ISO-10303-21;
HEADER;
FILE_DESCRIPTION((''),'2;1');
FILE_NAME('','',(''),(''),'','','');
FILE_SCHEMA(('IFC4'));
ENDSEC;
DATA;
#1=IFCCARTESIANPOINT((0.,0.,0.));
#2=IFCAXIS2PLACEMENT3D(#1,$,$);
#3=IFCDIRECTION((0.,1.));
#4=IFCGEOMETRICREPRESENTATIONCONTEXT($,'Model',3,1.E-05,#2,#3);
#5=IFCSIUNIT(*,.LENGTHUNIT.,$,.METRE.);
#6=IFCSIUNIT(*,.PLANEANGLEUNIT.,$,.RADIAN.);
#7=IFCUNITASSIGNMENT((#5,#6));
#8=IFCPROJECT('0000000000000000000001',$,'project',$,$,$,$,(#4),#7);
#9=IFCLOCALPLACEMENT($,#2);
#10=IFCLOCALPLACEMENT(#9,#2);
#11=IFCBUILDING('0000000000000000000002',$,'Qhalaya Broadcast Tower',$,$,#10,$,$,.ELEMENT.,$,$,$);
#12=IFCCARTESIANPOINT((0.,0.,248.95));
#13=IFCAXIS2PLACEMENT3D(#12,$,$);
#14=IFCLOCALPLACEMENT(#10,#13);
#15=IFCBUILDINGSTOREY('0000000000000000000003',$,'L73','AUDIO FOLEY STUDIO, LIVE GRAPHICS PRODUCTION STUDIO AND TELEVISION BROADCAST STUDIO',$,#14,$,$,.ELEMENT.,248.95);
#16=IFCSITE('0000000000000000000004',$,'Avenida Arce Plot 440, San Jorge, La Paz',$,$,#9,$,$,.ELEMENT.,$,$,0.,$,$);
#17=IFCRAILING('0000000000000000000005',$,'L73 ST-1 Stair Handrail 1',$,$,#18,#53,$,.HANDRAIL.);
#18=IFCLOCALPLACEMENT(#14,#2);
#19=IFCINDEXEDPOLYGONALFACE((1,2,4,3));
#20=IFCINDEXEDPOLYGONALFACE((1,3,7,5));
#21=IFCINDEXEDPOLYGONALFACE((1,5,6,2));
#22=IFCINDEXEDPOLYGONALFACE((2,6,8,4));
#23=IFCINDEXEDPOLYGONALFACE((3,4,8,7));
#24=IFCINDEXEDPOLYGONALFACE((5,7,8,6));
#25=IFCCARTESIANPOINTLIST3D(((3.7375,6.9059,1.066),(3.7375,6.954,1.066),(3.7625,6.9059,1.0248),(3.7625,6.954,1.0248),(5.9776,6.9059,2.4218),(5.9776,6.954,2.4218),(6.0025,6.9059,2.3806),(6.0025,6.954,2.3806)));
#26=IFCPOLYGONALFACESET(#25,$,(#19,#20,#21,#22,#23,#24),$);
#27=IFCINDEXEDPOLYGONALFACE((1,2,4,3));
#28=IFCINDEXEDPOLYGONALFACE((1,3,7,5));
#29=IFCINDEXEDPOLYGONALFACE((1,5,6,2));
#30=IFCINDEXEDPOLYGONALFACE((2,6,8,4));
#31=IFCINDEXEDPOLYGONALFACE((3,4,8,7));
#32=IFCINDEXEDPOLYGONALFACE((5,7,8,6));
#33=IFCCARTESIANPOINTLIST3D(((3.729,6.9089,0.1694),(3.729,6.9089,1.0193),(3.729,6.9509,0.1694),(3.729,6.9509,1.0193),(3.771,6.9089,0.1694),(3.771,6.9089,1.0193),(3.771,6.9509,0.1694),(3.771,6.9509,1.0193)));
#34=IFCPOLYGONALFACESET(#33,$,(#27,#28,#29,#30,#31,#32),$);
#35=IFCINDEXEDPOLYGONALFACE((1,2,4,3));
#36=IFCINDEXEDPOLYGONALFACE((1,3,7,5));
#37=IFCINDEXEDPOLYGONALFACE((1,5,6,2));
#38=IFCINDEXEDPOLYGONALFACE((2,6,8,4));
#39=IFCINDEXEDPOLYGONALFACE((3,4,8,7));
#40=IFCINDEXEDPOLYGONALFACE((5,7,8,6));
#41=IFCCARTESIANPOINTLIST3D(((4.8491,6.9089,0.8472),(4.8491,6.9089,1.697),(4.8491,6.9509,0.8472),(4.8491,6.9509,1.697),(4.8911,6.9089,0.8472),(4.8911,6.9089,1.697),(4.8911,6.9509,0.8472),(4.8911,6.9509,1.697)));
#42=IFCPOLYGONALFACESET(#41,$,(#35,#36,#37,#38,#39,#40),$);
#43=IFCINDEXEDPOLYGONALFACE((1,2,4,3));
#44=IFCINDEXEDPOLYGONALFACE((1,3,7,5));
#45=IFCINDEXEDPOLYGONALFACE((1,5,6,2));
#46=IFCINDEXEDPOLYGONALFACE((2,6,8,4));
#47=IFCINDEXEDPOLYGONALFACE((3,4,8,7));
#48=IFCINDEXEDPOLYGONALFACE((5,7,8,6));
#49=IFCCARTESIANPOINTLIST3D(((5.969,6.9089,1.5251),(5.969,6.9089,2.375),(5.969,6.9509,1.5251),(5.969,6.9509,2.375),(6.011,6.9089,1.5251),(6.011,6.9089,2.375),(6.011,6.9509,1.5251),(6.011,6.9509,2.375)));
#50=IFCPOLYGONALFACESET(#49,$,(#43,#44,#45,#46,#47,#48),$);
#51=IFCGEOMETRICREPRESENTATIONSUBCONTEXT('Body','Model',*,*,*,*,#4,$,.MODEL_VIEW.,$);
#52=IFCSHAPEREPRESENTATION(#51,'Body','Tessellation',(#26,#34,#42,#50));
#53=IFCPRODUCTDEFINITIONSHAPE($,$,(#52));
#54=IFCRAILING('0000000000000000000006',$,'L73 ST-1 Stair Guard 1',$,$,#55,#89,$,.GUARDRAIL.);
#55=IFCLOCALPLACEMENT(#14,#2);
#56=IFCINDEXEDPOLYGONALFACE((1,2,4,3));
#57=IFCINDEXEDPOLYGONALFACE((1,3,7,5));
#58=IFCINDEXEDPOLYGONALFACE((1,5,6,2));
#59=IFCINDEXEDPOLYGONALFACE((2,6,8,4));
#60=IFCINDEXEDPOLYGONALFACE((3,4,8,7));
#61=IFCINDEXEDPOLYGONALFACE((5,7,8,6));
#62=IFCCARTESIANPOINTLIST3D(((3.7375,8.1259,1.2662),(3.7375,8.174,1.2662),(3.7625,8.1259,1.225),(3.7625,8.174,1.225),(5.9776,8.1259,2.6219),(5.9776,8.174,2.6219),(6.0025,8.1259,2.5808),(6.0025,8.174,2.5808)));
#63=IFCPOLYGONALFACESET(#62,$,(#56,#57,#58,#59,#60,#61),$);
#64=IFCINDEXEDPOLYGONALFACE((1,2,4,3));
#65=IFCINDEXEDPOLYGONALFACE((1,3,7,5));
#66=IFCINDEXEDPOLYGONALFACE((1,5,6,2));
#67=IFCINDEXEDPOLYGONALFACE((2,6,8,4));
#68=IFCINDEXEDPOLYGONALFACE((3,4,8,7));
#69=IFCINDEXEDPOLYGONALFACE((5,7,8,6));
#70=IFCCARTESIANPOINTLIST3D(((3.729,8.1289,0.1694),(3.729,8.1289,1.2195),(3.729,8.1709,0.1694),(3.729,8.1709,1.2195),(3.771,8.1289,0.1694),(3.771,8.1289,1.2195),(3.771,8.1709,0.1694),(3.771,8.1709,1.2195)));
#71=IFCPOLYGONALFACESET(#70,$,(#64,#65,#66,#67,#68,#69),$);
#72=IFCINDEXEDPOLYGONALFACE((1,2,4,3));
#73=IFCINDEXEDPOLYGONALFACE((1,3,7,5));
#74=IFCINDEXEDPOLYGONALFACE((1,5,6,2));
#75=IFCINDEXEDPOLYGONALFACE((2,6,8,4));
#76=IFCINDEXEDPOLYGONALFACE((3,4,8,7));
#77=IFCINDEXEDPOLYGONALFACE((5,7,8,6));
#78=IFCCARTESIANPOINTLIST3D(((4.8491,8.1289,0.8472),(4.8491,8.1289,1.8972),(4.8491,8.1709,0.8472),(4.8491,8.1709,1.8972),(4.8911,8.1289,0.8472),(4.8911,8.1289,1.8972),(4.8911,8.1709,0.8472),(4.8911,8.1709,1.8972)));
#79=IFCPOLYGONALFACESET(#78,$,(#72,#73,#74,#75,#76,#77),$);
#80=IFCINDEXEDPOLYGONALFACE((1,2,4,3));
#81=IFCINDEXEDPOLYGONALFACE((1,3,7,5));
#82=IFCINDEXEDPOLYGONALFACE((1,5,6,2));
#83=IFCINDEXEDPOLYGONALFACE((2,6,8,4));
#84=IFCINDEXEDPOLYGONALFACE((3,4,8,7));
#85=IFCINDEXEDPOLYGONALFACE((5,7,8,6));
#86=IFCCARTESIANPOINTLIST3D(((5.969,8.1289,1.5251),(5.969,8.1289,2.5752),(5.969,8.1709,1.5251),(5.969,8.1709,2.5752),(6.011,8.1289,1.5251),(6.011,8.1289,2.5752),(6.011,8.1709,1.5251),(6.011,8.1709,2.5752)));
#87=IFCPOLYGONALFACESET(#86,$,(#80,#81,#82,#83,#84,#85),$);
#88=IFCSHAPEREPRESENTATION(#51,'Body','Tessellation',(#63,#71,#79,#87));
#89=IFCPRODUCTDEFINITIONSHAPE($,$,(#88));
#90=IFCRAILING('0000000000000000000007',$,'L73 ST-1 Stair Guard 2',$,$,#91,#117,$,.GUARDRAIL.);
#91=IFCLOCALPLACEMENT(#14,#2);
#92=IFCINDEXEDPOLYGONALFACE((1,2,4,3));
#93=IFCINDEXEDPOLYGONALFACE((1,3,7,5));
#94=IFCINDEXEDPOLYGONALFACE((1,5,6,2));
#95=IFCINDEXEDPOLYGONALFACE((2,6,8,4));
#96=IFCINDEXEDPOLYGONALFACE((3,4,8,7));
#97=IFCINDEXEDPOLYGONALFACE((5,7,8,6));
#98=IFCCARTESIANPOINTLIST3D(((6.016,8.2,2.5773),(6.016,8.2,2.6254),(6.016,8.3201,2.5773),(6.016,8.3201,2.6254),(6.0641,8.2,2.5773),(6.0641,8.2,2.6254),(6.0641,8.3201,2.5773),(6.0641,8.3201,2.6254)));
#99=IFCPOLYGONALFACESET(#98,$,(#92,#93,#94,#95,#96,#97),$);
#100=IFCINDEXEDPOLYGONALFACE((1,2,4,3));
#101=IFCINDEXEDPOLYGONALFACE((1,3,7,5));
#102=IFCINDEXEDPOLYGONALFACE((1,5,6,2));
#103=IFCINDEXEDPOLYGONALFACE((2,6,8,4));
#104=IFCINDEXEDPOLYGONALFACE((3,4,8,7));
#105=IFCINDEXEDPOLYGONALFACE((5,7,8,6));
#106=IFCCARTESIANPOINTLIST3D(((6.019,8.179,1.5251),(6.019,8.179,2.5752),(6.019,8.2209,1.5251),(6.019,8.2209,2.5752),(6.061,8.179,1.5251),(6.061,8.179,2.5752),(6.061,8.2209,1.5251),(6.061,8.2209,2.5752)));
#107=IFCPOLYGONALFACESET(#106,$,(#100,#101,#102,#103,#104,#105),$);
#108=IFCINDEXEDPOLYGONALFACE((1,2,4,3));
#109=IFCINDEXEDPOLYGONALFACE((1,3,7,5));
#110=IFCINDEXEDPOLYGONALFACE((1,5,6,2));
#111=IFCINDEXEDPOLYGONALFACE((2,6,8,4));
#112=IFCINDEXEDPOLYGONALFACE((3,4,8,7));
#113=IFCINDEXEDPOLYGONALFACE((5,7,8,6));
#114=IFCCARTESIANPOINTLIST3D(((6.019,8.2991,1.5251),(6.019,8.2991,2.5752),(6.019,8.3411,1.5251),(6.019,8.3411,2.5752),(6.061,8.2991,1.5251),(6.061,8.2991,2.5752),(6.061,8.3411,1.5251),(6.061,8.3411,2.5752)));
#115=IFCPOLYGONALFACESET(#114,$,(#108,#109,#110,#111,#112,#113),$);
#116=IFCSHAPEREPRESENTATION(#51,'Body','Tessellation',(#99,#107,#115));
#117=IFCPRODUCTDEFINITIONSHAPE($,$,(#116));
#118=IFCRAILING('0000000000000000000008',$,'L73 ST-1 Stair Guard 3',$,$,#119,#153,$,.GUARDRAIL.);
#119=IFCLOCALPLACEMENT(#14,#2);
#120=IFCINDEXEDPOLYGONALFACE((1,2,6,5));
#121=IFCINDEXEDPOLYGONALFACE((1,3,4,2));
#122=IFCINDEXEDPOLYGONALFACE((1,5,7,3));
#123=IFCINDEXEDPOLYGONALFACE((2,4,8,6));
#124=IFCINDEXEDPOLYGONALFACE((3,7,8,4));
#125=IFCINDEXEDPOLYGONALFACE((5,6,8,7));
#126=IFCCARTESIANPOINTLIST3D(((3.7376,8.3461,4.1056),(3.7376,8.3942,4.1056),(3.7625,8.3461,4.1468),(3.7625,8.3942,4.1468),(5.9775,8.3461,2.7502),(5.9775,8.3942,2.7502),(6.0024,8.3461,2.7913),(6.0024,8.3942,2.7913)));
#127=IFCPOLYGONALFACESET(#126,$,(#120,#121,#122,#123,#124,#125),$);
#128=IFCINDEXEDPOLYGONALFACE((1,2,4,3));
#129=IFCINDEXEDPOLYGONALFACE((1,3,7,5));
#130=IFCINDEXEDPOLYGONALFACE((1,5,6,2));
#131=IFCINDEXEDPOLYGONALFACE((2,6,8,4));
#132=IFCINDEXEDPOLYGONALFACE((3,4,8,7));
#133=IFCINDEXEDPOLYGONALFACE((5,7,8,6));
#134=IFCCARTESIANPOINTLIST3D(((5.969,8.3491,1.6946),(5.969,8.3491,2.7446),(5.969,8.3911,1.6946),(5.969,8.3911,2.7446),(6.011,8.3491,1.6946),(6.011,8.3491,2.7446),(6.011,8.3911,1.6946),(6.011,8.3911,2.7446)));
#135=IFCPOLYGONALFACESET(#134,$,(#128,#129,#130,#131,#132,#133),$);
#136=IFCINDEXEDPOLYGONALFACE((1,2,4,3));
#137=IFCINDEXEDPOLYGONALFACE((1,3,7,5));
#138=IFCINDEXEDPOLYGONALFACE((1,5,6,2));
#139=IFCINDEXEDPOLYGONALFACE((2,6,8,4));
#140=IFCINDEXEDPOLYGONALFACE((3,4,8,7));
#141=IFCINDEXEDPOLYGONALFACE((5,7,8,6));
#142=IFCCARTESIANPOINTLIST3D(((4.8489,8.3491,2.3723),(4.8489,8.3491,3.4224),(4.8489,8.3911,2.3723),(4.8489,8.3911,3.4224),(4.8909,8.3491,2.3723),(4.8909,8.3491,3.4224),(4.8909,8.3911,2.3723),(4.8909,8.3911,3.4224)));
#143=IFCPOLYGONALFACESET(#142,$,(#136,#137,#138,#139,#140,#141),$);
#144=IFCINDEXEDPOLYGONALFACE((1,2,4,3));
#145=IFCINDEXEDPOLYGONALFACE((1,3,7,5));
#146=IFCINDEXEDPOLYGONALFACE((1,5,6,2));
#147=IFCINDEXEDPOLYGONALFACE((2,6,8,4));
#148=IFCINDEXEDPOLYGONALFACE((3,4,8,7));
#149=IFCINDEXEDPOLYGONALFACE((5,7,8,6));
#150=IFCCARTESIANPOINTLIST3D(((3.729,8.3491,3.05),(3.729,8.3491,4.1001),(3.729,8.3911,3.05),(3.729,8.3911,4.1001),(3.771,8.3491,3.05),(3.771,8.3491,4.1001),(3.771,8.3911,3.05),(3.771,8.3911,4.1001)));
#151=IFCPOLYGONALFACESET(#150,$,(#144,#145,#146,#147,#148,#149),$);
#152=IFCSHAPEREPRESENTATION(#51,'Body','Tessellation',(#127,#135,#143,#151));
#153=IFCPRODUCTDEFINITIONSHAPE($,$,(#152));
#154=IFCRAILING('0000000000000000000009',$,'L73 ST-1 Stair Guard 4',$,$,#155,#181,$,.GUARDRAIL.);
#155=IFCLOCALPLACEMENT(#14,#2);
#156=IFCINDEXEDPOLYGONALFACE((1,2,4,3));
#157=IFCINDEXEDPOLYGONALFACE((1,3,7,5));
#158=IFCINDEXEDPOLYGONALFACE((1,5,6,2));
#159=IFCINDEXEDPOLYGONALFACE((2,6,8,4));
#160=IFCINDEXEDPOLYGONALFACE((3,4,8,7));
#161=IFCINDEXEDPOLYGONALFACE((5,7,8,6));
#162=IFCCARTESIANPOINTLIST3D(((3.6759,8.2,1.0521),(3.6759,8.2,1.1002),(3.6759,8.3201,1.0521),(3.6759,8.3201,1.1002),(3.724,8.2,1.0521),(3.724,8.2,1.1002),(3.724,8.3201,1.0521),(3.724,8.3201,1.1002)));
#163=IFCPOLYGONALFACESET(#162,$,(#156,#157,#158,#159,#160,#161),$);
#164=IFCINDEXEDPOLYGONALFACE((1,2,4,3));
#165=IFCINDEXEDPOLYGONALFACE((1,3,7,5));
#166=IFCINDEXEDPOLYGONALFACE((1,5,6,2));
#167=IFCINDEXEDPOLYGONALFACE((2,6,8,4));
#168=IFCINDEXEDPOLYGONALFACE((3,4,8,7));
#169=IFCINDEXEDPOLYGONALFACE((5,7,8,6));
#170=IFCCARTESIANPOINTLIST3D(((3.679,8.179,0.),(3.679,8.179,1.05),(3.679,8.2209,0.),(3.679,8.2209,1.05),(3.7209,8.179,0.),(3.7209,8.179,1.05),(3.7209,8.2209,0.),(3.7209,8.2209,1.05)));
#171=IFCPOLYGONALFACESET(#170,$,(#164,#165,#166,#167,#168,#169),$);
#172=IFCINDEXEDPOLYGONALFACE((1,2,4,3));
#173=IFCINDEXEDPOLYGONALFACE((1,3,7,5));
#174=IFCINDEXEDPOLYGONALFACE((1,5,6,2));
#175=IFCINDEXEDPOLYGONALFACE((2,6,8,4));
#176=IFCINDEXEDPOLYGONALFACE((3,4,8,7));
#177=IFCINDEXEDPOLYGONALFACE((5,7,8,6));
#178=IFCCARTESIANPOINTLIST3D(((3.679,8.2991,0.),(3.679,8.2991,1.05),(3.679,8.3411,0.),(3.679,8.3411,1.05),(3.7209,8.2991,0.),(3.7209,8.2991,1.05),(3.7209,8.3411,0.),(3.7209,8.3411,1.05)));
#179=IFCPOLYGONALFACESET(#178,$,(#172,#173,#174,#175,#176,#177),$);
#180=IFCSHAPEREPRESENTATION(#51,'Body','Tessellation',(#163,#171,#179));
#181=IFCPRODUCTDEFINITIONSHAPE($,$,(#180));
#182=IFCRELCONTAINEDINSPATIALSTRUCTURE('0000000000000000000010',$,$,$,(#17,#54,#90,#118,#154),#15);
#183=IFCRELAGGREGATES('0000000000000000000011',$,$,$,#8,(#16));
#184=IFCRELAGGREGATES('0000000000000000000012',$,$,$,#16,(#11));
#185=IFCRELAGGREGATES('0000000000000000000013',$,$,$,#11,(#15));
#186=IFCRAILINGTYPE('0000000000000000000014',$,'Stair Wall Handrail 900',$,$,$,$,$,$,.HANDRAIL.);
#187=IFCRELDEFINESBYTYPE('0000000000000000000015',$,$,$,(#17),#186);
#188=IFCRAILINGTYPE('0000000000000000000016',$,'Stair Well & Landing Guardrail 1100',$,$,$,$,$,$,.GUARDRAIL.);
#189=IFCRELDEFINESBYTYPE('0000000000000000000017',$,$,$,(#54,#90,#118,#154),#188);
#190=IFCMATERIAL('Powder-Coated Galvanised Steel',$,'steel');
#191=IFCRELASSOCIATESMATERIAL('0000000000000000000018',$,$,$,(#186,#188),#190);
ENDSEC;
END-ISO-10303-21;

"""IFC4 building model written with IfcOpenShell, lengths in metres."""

from ifc_helpers import new_model, si_unit, direction, frame, origin, origin_2d, place, context, subcontext, project, spatial, rectangle, extrude, material, type_object, element, save


model = new_model("IFC4")

# Units and contexts
model_context = context("Model", 3, precision=1e-05, world=origin(), true_north=direction((0.0, 1.0)))
body_context = subcontext(model_context, "Body", "Model", "MODEL_VIEW")
ifc_project = project(units=[si_unit("LENGTHUNIT", "METRE"), si_unit("PLANEANGLEUNIT", "RADIAN")], contexts=[model_context])

# Site, building, storey
site_placement = place(None, origin())
site = spatial("IfcSite", under=ifc_project, at=site_placement, Name="Avenida Arce Plot 440, San Jorge, La Paz", CompositionType="ELEMENT", RefElevation=0.0)
building_placement = place(site_placement, origin())
building = spatial("IfcBuilding", under=site, at=building_placement, Name="Qhalaya Broadcast Tower", CompositionType="ELEMENT")
storey_placement = place(building_placement, frame((0.0, 0.0, 248.95)))
storey = spatial("IfcBuildingStorey", under=building, at=storey_placement, Name="L73", Description="AUDIO FOLEY STUDIO, LIVE GRAPHICS PRODUCTION STUDIO AND TELEVISION BROADCAST STUDIO", CompositionType="ELEMENT", Elevation=248.95)

# Railings
ifc_material_1 = material(Name="Powder-Coated Galvanised Steel", Category="steel")
railing_type_1 = type_object("IfcRailingType", Name="Stair Wall Handrail 900", PredefinedType="HANDRAIL", material=ifc_material_1)
railing_1_placement = place(storey_placement, frame((3.75, 6.9299, 0.1694)))
element("IfcRailing", 1, at=railing_1_placement, inside=storey, type_object=railing_type_1, Name="L73 ST-1 Stair Handrail 1", PredefinedType="HANDRAIL", context=body_context, shape_type="SweptSolid", body=[
    extrude(rectangle(XDim=0.0481, YDim=0.0481, at=origin_2d()), frame((0.0, 0.0, 0.876), z_axis=(0.855512, 0.0, 0.517783), x_axis=(0.0, 1.0, 0.0)), (0.0, 0.0, 1.0), 2.6184),
    extrude(rectangle(XDim=0.042, YDim=0.042, at=origin_2d()), origin(), (0.0, 0.0, 1.0), 0.8499),
    extrude(rectangle(XDim=0.042, YDim=0.042, at=origin_2d()), frame((1.1201, 0.0, 0.6777)), (0.0, 0.0, 1.0), 0.8499),
    extrude(rectangle(XDim=0.042, YDim=0.042, at=origin_2d()), frame((2.24, 0.0, 1.3557)), (0.0, 0.0, 1.0), 0.8499),
])
railing_type_2 = type_object("IfcRailingType", Name="Stair Well & Landing Guardrail 1100", PredefinedType="GUARDRAIL", material=ifc_material_1)
railing_2_placement = place(storey_placement, frame((3.75, 8.1499, 0.1694)))
element("IfcRailing", 2, at=railing_2_placement, inside=storey, type_object=railing_type_2, Name="L73 ST-1 Stair Guard 1", PredefinedType="GUARDRAIL", context=body_context, shape_type="SweptSolid", body=[
    extrude(rectangle(XDim=0.0481, YDim=0.0481, at=origin_2d()), frame((0.0, 0.0, 1.0762), z_axis=(0.855512, 0.0, 0.517783), x_axis=(0.0, 1.0, 0.0)), (0.0, 0.0, 1.0), 2.6184),
    extrude(rectangle(XDim=0.042, YDim=0.042, at=origin_2d()), origin(), (0.0, 0.0, 1.0), 1.05),
    extrude(rectangle(XDim=0.042, YDim=0.042, at=origin_2d()), frame((1.1201, 0.0, 0.6777)), (0.0, 0.0, 1.0), 1.05),
    extrude(rectangle(XDim=0.042, YDim=0.042, at=origin_2d()), frame((2.24, 0.0, 1.3557)), (0.0, 0.0, 1.0), 1.05),
])
railing_3_placement = place(storey_placement, frame((6.04, 8.2, 1.5251)))
element("IfcRailing", 3, at=railing_3_placement, inside=storey, type_object=railing_type_2, Name="L73 ST-1 Stair Guard 2", PredefinedType="GUARDRAIL", context=body_context, shape_type="SweptSolid", body=[
    extrude(rectangle(XDim=0.0481, YDim=0.0481, at=origin_2d()), frame((0.0, 0.0, 1.0762), z_axis=(0.0, 1.0, 0.0), x_axis=(-1.0, 0.0, 0.0)), (0.0, 0.0, 1.0), 0.1201),
    extrude(rectangle(XDim=0.042, YDim=0.042, at=origin_2d()), origin(), (0.0, 0.0, 1.0), 1.05),
    extrude(rectangle(XDim=0.042, YDim=0.042, at=origin_2d()), frame((0.0, 0.1201, 0.0)), (0.0, 0.0, 1.0), 1.05),
])
railing_4_placement = place(storey_placement, frame((5.99, 8.3701, 1.6946)))
element("IfcRailing", 4, at=railing_4_placement, inside=storey, type_object=railing_type_2, Name="L73 ST-1 Stair Guard 3", PredefinedType="GUARDRAIL", context=body_context, shape_type="SweptSolid", body=[
    extrude(rectangle(XDim=0.0481, YDim=0.0481, at=origin_2d()), frame((0.0, 0.0, 1.0762), z_axis=(-0.855553, 0.0, 0.517715), x_axis=(0.0, -1.0, 0.0)), (0.0, 0.0, 1.0), 2.6182),
    extrude(rectangle(XDim=0.042, YDim=0.042, at=origin_2d()), origin(), (0.0, 0.0, 1.0), 1.05),
    extrude(rectangle(XDim=0.042, YDim=0.042, at=origin_2d()), frame((-1.1201, 0.0, 0.6777)), (0.0, 0.0, 1.0), 1.05),
    extrude(rectangle(XDim=0.042, YDim=0.042, at=origin_2d()), frame((-2.24, 0.0, 1.3555)), (0.0, 0.0, 1.0), 1.05),
])
railing_5_placement = place(storey_placement, frame((3.7, 8.2, 0.0)))
element("IfcRailing", 5, at=railing_5_placement, inside=storey, type_object=railing_type_2, Name="L73 ST-1 Stair Guard 4", PredefinedType="GUARDRAIL", context=body_context, shape_type="SweptSolid", body=[
    extrude(rectangle(XDim=0.0481, YDim=0.0481, at=origin_2d()), frame((0.0, 0.0, 1.0762), z_axis=(0.0, 1.0, 0.0), x_axis=(-1.0, 0.0, 0.0)), (0.0, 0.0, 1.0), 0.1201),
    extrude(rectangle(XDim=0.042, YDim=0.042, at=origin_2d()), origin(), (0.0, 0.0, 1.0), 1.05),
    extrude(rectangle(XDim=0.042, YDim=0.042, at=origin_2d()), frame((0.0, 0.1201, 0.0)), (0.0, 0.0, 1.0), 1.05),
])

save(model, "model.ifc")
